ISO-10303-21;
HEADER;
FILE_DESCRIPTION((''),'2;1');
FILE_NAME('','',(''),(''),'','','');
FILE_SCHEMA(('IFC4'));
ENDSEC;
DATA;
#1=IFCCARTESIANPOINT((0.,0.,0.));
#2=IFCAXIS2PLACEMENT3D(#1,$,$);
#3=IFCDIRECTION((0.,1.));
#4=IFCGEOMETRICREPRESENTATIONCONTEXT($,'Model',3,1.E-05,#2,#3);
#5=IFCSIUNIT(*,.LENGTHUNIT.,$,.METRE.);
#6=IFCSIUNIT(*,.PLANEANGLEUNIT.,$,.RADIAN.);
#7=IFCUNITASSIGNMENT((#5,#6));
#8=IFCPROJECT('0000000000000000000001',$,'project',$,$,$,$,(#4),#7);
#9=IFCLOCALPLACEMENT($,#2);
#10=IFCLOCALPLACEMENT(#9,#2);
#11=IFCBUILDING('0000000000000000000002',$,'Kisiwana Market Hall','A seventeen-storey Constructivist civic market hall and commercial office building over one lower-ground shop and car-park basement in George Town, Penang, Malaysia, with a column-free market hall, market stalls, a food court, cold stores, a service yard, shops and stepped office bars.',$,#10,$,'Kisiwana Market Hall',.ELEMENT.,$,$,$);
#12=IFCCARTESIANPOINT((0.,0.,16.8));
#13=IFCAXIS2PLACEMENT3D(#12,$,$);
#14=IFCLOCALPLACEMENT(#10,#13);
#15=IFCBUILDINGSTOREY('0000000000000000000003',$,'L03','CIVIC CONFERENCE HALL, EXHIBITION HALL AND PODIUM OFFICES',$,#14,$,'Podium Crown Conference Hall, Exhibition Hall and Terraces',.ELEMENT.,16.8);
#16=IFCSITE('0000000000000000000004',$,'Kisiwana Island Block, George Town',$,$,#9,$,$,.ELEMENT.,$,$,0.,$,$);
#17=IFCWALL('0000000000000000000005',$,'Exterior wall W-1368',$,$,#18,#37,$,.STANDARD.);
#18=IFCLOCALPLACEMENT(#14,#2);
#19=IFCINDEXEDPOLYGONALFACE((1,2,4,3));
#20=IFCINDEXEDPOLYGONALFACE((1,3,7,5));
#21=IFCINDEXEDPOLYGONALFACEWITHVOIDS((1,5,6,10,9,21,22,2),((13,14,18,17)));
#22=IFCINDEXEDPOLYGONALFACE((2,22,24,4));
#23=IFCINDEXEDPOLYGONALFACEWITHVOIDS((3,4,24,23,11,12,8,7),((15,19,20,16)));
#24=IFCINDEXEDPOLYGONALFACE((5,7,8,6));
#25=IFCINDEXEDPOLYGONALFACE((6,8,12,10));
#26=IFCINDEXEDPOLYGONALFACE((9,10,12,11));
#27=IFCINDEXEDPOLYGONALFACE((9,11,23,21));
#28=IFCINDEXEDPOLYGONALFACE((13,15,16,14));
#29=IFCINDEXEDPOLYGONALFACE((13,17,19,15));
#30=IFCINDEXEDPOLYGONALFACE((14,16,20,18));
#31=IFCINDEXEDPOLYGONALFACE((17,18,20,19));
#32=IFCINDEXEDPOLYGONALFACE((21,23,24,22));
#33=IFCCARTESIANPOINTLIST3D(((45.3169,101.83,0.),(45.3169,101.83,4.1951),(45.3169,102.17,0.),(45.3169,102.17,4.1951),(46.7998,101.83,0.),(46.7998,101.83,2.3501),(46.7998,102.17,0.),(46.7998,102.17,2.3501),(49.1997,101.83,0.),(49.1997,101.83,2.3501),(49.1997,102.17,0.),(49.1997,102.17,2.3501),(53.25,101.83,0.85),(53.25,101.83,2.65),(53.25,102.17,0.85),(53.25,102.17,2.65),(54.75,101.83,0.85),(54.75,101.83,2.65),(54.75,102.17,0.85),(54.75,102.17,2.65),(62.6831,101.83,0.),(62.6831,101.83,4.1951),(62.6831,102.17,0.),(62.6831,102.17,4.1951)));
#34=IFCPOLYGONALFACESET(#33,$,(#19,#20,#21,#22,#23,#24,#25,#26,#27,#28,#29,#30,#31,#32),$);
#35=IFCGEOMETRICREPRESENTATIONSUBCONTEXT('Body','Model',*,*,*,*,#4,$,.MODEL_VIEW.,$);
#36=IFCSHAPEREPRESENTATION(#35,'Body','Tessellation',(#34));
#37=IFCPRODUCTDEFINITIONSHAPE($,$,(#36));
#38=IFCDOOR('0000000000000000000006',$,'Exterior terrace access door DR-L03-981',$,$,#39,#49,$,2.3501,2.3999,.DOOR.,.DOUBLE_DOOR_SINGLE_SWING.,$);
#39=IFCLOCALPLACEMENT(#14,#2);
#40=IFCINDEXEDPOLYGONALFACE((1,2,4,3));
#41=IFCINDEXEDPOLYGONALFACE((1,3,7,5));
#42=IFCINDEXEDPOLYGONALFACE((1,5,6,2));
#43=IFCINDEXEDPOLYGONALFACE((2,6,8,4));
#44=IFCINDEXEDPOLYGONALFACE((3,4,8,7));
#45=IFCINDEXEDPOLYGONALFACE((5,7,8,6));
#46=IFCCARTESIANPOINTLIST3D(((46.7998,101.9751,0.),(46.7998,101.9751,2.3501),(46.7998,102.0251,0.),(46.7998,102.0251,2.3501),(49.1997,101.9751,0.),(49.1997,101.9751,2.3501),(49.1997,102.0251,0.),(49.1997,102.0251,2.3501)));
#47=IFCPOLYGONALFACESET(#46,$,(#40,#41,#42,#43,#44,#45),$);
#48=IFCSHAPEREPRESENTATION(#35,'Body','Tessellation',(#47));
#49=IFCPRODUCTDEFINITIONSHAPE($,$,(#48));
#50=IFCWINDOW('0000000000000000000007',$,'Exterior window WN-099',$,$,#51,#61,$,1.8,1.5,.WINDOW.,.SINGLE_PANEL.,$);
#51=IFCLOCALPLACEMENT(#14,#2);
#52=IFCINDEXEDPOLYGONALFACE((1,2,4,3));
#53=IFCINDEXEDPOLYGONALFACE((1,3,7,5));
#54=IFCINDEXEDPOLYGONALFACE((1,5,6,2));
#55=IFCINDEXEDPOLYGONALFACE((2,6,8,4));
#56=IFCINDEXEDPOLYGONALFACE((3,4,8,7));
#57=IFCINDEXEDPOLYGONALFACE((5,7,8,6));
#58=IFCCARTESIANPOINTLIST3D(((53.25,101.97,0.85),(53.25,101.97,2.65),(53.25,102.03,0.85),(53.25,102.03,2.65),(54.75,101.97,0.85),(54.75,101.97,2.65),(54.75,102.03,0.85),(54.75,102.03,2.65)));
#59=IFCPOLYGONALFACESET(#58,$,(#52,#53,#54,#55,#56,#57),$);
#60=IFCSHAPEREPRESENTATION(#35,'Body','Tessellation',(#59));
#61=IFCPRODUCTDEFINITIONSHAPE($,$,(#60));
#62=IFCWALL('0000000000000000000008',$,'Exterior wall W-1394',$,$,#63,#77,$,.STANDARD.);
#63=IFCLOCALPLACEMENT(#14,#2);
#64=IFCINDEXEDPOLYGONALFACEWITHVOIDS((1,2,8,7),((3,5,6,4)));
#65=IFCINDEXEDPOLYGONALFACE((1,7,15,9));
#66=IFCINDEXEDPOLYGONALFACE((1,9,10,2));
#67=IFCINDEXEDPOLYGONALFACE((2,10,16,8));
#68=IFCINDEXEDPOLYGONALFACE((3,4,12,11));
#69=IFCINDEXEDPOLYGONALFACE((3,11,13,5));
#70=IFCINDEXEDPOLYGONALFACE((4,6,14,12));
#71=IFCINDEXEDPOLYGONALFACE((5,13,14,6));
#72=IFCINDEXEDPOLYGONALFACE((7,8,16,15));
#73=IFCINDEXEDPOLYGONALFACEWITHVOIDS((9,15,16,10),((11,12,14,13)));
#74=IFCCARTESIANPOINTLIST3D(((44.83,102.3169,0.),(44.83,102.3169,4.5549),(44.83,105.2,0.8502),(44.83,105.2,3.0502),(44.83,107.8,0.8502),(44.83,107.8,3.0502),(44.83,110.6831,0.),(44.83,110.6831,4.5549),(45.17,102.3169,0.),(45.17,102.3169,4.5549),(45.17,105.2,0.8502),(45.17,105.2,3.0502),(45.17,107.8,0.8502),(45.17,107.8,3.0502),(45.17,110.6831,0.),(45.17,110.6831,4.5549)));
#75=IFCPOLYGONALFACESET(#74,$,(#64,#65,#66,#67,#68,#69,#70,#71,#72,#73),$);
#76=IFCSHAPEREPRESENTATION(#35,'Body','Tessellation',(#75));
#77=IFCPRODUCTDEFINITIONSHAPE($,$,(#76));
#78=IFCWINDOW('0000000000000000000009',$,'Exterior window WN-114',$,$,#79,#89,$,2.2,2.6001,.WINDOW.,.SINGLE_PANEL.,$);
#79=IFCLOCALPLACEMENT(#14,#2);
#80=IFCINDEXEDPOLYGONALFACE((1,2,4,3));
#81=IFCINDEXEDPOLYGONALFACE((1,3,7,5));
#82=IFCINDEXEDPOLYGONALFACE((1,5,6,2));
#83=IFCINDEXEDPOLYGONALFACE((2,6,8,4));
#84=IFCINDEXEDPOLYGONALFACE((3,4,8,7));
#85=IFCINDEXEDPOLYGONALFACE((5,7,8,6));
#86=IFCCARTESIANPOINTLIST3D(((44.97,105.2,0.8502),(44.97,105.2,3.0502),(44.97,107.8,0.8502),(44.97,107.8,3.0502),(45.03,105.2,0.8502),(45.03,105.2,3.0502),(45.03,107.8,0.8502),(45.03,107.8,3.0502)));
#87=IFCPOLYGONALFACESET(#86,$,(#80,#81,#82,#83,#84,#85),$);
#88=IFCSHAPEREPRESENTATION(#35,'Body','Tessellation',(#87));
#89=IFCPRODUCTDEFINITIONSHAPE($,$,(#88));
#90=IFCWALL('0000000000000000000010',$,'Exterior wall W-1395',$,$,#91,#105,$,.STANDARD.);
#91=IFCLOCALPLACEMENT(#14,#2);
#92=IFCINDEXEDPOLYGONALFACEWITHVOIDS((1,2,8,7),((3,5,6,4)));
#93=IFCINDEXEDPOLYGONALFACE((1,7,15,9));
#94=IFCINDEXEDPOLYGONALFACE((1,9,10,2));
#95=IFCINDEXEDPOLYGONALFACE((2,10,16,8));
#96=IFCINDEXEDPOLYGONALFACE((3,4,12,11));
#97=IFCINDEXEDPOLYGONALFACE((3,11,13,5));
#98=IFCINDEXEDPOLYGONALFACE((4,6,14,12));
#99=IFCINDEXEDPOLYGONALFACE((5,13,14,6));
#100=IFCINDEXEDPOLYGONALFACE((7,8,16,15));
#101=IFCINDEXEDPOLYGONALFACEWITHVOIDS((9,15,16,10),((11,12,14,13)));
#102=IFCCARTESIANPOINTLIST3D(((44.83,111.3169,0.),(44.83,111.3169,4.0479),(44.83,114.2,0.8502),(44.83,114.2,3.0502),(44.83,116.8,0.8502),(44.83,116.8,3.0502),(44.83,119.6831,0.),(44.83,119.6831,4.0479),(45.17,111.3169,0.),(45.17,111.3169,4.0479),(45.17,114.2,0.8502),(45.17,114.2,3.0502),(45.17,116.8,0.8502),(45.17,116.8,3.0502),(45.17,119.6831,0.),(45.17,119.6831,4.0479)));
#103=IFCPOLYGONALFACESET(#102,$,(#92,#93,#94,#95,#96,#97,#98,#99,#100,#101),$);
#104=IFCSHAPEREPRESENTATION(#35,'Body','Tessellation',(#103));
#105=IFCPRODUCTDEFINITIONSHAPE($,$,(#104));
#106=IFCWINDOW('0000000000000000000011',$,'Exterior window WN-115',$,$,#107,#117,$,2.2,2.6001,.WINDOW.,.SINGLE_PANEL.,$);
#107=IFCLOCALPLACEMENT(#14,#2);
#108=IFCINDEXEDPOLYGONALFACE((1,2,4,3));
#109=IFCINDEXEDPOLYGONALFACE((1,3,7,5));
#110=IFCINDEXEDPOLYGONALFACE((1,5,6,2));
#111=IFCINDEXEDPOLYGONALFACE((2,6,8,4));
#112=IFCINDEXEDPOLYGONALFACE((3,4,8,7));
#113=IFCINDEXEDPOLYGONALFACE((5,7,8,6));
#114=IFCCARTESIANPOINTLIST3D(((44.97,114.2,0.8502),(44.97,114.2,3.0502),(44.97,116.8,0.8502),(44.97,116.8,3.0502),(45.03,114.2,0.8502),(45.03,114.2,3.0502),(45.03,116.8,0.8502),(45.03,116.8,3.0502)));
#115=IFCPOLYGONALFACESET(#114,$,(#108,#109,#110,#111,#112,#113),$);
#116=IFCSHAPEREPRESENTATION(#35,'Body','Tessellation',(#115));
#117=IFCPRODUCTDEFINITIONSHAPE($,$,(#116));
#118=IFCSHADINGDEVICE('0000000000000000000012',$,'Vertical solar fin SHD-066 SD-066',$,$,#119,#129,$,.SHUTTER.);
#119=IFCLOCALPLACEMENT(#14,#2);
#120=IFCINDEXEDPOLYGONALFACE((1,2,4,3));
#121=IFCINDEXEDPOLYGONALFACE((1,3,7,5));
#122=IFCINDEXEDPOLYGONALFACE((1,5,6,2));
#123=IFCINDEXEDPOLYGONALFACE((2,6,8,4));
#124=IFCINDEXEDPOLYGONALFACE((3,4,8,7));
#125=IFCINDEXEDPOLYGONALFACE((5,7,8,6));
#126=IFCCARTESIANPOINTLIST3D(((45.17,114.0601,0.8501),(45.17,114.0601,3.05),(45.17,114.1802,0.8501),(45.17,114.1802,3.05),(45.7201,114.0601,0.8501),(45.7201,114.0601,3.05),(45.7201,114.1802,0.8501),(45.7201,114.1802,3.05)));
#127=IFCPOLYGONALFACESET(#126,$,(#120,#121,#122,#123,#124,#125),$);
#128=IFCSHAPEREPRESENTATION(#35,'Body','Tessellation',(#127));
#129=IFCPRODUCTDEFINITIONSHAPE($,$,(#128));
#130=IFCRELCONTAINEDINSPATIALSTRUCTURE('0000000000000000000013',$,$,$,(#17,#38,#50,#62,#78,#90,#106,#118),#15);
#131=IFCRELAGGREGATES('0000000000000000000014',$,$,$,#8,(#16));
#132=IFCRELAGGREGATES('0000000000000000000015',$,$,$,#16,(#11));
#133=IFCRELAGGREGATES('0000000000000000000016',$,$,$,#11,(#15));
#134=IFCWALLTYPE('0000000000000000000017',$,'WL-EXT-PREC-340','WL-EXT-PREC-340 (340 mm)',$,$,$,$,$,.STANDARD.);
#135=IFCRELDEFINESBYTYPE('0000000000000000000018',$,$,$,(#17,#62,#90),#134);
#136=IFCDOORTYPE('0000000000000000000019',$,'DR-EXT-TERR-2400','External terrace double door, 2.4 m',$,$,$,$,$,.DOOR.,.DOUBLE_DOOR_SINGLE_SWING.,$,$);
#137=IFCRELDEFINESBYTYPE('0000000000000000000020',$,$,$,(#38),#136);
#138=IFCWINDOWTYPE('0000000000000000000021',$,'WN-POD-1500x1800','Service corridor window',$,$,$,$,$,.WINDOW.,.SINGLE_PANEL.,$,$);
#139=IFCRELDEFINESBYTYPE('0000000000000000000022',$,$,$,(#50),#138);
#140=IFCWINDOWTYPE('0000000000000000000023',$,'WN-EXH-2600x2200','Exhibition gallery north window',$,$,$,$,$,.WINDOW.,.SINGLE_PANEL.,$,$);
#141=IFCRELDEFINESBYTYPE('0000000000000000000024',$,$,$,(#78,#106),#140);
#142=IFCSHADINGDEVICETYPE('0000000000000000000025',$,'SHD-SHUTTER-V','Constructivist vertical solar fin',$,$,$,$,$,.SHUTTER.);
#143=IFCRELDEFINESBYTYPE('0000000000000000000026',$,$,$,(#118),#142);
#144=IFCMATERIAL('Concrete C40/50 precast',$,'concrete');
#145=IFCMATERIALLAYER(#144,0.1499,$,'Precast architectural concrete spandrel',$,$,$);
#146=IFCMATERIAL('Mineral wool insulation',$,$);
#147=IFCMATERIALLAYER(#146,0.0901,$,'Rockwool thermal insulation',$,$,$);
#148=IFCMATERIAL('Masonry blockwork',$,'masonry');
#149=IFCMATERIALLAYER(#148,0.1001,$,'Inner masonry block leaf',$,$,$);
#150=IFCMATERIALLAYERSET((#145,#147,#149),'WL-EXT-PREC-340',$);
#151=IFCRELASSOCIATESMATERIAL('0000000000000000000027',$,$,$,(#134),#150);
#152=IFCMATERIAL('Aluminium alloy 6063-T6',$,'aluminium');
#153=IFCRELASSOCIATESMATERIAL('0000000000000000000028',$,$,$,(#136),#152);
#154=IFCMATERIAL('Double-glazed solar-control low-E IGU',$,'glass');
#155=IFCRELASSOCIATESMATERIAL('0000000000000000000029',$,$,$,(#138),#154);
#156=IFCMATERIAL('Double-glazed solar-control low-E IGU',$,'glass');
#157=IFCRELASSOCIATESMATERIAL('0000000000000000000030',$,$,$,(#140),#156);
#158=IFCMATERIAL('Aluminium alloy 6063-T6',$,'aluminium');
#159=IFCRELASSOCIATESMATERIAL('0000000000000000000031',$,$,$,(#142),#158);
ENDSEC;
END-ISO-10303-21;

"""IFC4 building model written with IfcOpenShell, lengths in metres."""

from ifc_helpers import new_model, si_unit, direction, frame, frame_2d, origin, origin_2d, place, context, subcontext, project, spatial, rectangle, extrude, material, layer, layer_set, type_object, element, fill, save


model = new_model("IFC4")

# Units and contexts
model_context = context("Model", 3, precision=1e-05, world=origin(), true_north=direction((0.0, 1.0)))
body_context = subcontext(model_context, "Body", "Model", "MODEL_VIEW")
ifc_project = project(units=[si_unit("LENGTHUNIT", "METRE"), si_unit("PLANEANGLEUNIT", "RADIAN")], contexts=[model_context])

# Site, building, storey
site_placement = place(None, origin())
site = spatial("IfcSite", under=ifc_project, at=site_placement, Name="Kisiwana Island Block, George Town", CompositionType="ELEMENT", RefElevation=0.0)
building_placement = place(site_placement, origin())
building = spatial("IfcBuilding", under=site, at=building_placement, Name="Kisiwana Market Hall", Description="A seventeen-storey Constructivist civic market hall and commercial office building over one lower-ground shop and car-park basement in George Town, Penang, Malaysia, with a column-free market hall, market stalls, a food court, cold stores, a service yard, shops and stepped office bars.", LongName="Kisiwana Market Hall", CompositionType="ELEMENT")
storey_placement = place(building_placement, frame((0.0, 0.0, 16.8)))
storey = spatial("IfcBuildingStorey", under=building, at=storey_placement, Name="L03", Description="CIVIC CONFERENCE HALL, EXHIBITION HALL AND PODIUM OFFICES", LongName="Podium Crown Conference Hall, Exhibition Hall and Terraces", CompositionType="ELEMENT", Elevation=16.8)

# Wall, openings, door, window
ifc_material_1 = material(Name="Concrete C40/50 precast", Category="concrete")
ifc_layer_1 = layer(ifc_material_1, 0.1499, Name="Precast architectural concrete spandrel")
ifc_material_2 = material(Name="Mineral wool insulation")
ifc_layer_2 = layer(ifc_material_2, 0.0901, Name="Rockwool thermal insulation")
ifc_material_3 = material(Name="Masonry blockwork", Category="masonry")
ifc_layer_3 = layer(ifc_material_3, 0.1001, Name="Inner masonry block leaf")
ifc_layer_set = layer_set([ifc_layer_1, ifc_layer_2, ifc_layer_3], Name="WL-EXT-PREC-340")
wall_type = type_object("IfcWallType", Name="WL-EXT-PREC-340", Description="WL-EXT-PREC-340 (340 mm)", PredefinedType="STANDARD", material=ifc_layer_set)
wall_1_placement = place(storey_placement, frame((45.3169, 102.0, 0.0), z_axis=(0.0, 0.0, 1.0), x_axis=(1.0, 0.0, 0.0)))
wall_1 = element("IfcWall", 1, at=wall_1_placement, inside=storey, type_object=wall_type, Name="Exterior wall W-1368", PredefinedType="STANDARD", context=body_context, shape_type="SweptSolid", body=[
    extrude(rectangle(XDim=17.3662, YDim=0.3401, at=frame_2d((8.6831, 0.0))), origin(), (0.0, 0.0, 1.0), 4.1951),
])
opening_1_placement = place(wall_1_placement, frame((7.9331, 0.0, 0.8501)))
opening_1 = element("IfcOpeningElement", 2, at=opening_1_placement, cuts=wall_1, PredefinedType="OPENING", context=body_context, shape_type="SweptSolid", body=[
    extrude(rectangle(XDim=1.5, YDim=1.8, at=frame_2d((0.75, 0.8999))), frame((0.0, 0.1821, 0.0), z_axis=(0.0, -1.0, 0.0), x_axis=(1.0, 0.0, 0.0)), (0.0, 0.0, 1.0), 0.364),
])
opening_2_placement = place(wall_1_placement, frame((1.4829, 0.0, 0.0)))
opening_2 = element("IfcOpeningElement", 3, at=opening_2_placement, cuts=wall_1, PredefinedType="OPENING", context=body_context, shape_type="SweptSolid", body=[
    extrude(rectangle(XDim=2.3999, YDim=2.3501, at=frame_2d((1.2, 1.175))), frame((0.0, 0.1821, 0.0), z_axis=(0.0, -1.0, 0.0), x_axis=(1.0, 0.0, 0.0)), (0.0, 0.0, 1.0), 0.364),
])
ifc_material_4 = material(Name="Aluminium alloy 6063-T6", Category="aluminium")
door_type = type_object("IfcDoorType", Name="DR-EXT-TERR-2400", Description="External terrace double door, 2.4 m", OperationType="DOUBLE_DOOR_SINGLE_SWING", PredefinedType="DOOR", material=ifc_material_4)
door_placement = place(opening_2_placement, frame((2.3999, 0.0, 0.0), z_axis=(0.0, 0.0, 1.0), x_axis=(-1.0, 0.0, 0.0)))
door = element("IfcDoor", 4, at=door_placement, inside=storey, type_object=door_type, Name="Exterior terrace access door DR-L03-981", OperationType="DOUBLE_DOOR_SINGLE_SWING", OverallHeight=2.3501, OverallWidth=2.3999, PredefinedType="DOOR", context=body_context, shape_type="SweptSolid", body=[
    extrude(rectangle(XDim=2.3999, YDim=2.3501, at=frame_2d((1.2, 1.175))), frame((0.0, 0.0249, 0.0), z_axis=(0.0, -1.0, 0.0), x_axis=(1.0, 0.0, 0.0)), (0.0, 0.0, 1.0), 0.05),
])
fill(opening_2, door)
ifc_material_5 = material(Name="Double-glazed solar-control low-E IGU", Category="glass")
window_type_1 = type_object("IfcWindowType", Name="WN-POD-1500x1800", Description="Service corridor window", PartitioningType="SINGLE_PANEL", PredefinedType="WINDOW", material=ifc_material_5)
window_1_placement = place(opening_1_placement, origin())
window_1 = element("IfcWindow", 5, at=window_1_placement, inside=storey, type_object=window_type_1, Name="Exterior window WN-099", OverallHeight=1.8, OverallWidth=1.5, PartitioningType="SINGLE_PANEL", PredefinedType="WINDOW", context=body_context, shape_type="SweptSolid", body=[
    extrude(rectangle(XDim=1.5, YDim=1.8, at=frame_2d((0.75, 0.8999))), frame((0.0, 0.03, 0.0), z_axis=(0.0, -1.0, 0.0), x_axis=(1.0, 0.0, 0.0)), (0.0, 0.0, 1.0), 0.0601),
])
fill(opening_1, window_1)

# Walls, openings, windows
wall_2_placement = place(storey_placement, frame((45.0, 102.3169, 0.0), z_axis=(0.0, 0.0, 1.0), x_axis=(0.0, 1.0, 0.0)))
wall_2 = element("IfcWall", 6, at=wall_2_placement, inside=storey, type_object=wall_type, Name="Exterior wall W-1394", PredefinedType="STANDARD", context=body_context, shape_type="SweptSolid", body=[
    extrude(rectangle(XDim=8.3662, YDim=0.3401, at=frame_2d((4.1831, 0.0))), origin(), (0.0, 0.0, 1.0), 4.5549),
])
opening_3_placement = place(wall_2_placement, frame((2.8831, 0.0, 0.8501)))
opening_3 = element("IfcOpeningElement", 7, at=opening_3_placement, cuts=wall_2, PredefinedType="OPENING", context=body_context, shape_type="SweptSolid", body=[
    extrude(rectangle(XDim=2.6001, YDim=2.2, at=frame_2d((1.3, 1.1001))), frame((0.0, 0.1821, 0.0), z_axis=(0.0, -1.0, 0.0), x_axis=(1.0, 0.0, 0.0)), (0.0, 0.0, 1.0), 0.364),
])
ifc_material_6 = material(Name="Double-glazed solar-control low-E IGU", Category="glass")
window_type_2 = type_object("IfcWindowType", Name="WN-EXH-2600x2200", Description="Exhibition gallery north window", PartitioningType="SINGLE_PANEL", PredefinedType="WINDOW", material=ifc_material_6)
window_2_placement = place(opening_3_placement, origin())
window_2 = element("IfcWindow", 8, at=window_2_placement, inside=storey, type_object=window_type_2, Name="Exterior window WN-114", OverallHeight=2.2, OverallWidth=2.6001, PartitioningType="SINGLE_PANEL", PredefinedType="WINDOW", context=body_context, shape_type="SweptSolid", body=[
    extrude(rectangle(XDim=2.6001, YDim=2.2, at=frame_2d((1.3, 1.1001))), frame((0.0, 0.03, 0.0), z_axis=(0.0, -1.0, 0.0), x_axis=(1.0, 0.0, 0.0)), (0.0, 0.0, 1.0), 0.0601),
])
fill(opening_3, window_2)
wall_3_placement = place(storey_placement, frame((45.0, 111.3169, 0.0), z_axis=(0.0, 0.0, 1.0), x_axis=(0.0, 1.0, 0.0)))
wall_3 = element("IfcWall", 9, at=wall_3_placement, inside=storey, type_object=wall_type, Name="Exterior wall W-1395", PredefinedType="STANDARD", context=body_context, shape_type="SweptSolid", body=[
    extrude(rectangle(XDim=8.3662, YDim=0.3401, at=frame_2d((4.1831, 0.0))), origin(), (0.0, 0.0, 1.0), 4.0479),
])
opening_4_placement = place(wall_3_placement, frame((2.8831, 0.0, 0.8501)))
opening_4 = element("IfcOpeningElement", 10, at=opening_4_placement, cuts=wall_3, PredefinedType="OPENING", context=body_context, shape_type="SweptSolid", body=[
    extrude(rectangle(XDim=2.6001, YDim=2.2, at=frame_2d((1.3, 1.1001))), frame((0.0, 0.1821, 0.0), z_axis=(0.0, -1.0, 0.0), x_axis=(1.0, 0.0, 0.0)), (0.0, 0.0, 1.0), 0.364),
])
window_3_placement = place(opening_4_placement, origin())
window_3 = element("IfcWindow", 11, at=window_3_placement, inside=storey, type_object=window_type_2, Name="Exterior window WN-115", OverallHeight=2.2, OverallWidth=2.6001, PartitioningType="SINGLE_PANEL", PredefinedType="WINDOW", context=body_context, shape_type="SweptSolid", body=[
    extrude(rectangle(XDim=2.6001, YDim=2.2, at=frame_2d((1.3, 1.1001))), frame((0.0, 0.03, 0.0), z_axis=(0.0, -1.0, 0.0), x_axis=(1.0, 0.0, 0.0)), (0.0, 0.0, 1.0), 0.0601),
])
fill(opening_4, window_3)

# Shading device
ifc_material_7 = material(Name="Aluminium alloy 6063-T6", Category="aluminium")
shading_device_type = type_object("IfcShadingDeviceType", Name="SHD-SHUTTER-V", Description="Constructivist vertical solar fin", PredefinedType="SHUTTER", material=ifc_material_7)
shading_device_placement = place(storey_placement, frame((45.4451, 114.1201, 0.8501), z_axis=(0.0, 0.0, 1.0), x_axis=(0.0, 1.0, 0.0)))
element("IfcShadingDevice", 12, at=shading_device_placement, inside=storey, type_object=shading_device_type, Name="Vertical solar fin SHD-066 SD-066", PredefinedType="SHUTTER", context=body_context, shape_type="SweptSolid", body=[
    extrude(rectangle(XDim=0.1201, YDim=0.55, at=origin_2d()), origin(), (0.0, 0.0, 1.0), 2.2),
])

save(model, "model.ifc")
